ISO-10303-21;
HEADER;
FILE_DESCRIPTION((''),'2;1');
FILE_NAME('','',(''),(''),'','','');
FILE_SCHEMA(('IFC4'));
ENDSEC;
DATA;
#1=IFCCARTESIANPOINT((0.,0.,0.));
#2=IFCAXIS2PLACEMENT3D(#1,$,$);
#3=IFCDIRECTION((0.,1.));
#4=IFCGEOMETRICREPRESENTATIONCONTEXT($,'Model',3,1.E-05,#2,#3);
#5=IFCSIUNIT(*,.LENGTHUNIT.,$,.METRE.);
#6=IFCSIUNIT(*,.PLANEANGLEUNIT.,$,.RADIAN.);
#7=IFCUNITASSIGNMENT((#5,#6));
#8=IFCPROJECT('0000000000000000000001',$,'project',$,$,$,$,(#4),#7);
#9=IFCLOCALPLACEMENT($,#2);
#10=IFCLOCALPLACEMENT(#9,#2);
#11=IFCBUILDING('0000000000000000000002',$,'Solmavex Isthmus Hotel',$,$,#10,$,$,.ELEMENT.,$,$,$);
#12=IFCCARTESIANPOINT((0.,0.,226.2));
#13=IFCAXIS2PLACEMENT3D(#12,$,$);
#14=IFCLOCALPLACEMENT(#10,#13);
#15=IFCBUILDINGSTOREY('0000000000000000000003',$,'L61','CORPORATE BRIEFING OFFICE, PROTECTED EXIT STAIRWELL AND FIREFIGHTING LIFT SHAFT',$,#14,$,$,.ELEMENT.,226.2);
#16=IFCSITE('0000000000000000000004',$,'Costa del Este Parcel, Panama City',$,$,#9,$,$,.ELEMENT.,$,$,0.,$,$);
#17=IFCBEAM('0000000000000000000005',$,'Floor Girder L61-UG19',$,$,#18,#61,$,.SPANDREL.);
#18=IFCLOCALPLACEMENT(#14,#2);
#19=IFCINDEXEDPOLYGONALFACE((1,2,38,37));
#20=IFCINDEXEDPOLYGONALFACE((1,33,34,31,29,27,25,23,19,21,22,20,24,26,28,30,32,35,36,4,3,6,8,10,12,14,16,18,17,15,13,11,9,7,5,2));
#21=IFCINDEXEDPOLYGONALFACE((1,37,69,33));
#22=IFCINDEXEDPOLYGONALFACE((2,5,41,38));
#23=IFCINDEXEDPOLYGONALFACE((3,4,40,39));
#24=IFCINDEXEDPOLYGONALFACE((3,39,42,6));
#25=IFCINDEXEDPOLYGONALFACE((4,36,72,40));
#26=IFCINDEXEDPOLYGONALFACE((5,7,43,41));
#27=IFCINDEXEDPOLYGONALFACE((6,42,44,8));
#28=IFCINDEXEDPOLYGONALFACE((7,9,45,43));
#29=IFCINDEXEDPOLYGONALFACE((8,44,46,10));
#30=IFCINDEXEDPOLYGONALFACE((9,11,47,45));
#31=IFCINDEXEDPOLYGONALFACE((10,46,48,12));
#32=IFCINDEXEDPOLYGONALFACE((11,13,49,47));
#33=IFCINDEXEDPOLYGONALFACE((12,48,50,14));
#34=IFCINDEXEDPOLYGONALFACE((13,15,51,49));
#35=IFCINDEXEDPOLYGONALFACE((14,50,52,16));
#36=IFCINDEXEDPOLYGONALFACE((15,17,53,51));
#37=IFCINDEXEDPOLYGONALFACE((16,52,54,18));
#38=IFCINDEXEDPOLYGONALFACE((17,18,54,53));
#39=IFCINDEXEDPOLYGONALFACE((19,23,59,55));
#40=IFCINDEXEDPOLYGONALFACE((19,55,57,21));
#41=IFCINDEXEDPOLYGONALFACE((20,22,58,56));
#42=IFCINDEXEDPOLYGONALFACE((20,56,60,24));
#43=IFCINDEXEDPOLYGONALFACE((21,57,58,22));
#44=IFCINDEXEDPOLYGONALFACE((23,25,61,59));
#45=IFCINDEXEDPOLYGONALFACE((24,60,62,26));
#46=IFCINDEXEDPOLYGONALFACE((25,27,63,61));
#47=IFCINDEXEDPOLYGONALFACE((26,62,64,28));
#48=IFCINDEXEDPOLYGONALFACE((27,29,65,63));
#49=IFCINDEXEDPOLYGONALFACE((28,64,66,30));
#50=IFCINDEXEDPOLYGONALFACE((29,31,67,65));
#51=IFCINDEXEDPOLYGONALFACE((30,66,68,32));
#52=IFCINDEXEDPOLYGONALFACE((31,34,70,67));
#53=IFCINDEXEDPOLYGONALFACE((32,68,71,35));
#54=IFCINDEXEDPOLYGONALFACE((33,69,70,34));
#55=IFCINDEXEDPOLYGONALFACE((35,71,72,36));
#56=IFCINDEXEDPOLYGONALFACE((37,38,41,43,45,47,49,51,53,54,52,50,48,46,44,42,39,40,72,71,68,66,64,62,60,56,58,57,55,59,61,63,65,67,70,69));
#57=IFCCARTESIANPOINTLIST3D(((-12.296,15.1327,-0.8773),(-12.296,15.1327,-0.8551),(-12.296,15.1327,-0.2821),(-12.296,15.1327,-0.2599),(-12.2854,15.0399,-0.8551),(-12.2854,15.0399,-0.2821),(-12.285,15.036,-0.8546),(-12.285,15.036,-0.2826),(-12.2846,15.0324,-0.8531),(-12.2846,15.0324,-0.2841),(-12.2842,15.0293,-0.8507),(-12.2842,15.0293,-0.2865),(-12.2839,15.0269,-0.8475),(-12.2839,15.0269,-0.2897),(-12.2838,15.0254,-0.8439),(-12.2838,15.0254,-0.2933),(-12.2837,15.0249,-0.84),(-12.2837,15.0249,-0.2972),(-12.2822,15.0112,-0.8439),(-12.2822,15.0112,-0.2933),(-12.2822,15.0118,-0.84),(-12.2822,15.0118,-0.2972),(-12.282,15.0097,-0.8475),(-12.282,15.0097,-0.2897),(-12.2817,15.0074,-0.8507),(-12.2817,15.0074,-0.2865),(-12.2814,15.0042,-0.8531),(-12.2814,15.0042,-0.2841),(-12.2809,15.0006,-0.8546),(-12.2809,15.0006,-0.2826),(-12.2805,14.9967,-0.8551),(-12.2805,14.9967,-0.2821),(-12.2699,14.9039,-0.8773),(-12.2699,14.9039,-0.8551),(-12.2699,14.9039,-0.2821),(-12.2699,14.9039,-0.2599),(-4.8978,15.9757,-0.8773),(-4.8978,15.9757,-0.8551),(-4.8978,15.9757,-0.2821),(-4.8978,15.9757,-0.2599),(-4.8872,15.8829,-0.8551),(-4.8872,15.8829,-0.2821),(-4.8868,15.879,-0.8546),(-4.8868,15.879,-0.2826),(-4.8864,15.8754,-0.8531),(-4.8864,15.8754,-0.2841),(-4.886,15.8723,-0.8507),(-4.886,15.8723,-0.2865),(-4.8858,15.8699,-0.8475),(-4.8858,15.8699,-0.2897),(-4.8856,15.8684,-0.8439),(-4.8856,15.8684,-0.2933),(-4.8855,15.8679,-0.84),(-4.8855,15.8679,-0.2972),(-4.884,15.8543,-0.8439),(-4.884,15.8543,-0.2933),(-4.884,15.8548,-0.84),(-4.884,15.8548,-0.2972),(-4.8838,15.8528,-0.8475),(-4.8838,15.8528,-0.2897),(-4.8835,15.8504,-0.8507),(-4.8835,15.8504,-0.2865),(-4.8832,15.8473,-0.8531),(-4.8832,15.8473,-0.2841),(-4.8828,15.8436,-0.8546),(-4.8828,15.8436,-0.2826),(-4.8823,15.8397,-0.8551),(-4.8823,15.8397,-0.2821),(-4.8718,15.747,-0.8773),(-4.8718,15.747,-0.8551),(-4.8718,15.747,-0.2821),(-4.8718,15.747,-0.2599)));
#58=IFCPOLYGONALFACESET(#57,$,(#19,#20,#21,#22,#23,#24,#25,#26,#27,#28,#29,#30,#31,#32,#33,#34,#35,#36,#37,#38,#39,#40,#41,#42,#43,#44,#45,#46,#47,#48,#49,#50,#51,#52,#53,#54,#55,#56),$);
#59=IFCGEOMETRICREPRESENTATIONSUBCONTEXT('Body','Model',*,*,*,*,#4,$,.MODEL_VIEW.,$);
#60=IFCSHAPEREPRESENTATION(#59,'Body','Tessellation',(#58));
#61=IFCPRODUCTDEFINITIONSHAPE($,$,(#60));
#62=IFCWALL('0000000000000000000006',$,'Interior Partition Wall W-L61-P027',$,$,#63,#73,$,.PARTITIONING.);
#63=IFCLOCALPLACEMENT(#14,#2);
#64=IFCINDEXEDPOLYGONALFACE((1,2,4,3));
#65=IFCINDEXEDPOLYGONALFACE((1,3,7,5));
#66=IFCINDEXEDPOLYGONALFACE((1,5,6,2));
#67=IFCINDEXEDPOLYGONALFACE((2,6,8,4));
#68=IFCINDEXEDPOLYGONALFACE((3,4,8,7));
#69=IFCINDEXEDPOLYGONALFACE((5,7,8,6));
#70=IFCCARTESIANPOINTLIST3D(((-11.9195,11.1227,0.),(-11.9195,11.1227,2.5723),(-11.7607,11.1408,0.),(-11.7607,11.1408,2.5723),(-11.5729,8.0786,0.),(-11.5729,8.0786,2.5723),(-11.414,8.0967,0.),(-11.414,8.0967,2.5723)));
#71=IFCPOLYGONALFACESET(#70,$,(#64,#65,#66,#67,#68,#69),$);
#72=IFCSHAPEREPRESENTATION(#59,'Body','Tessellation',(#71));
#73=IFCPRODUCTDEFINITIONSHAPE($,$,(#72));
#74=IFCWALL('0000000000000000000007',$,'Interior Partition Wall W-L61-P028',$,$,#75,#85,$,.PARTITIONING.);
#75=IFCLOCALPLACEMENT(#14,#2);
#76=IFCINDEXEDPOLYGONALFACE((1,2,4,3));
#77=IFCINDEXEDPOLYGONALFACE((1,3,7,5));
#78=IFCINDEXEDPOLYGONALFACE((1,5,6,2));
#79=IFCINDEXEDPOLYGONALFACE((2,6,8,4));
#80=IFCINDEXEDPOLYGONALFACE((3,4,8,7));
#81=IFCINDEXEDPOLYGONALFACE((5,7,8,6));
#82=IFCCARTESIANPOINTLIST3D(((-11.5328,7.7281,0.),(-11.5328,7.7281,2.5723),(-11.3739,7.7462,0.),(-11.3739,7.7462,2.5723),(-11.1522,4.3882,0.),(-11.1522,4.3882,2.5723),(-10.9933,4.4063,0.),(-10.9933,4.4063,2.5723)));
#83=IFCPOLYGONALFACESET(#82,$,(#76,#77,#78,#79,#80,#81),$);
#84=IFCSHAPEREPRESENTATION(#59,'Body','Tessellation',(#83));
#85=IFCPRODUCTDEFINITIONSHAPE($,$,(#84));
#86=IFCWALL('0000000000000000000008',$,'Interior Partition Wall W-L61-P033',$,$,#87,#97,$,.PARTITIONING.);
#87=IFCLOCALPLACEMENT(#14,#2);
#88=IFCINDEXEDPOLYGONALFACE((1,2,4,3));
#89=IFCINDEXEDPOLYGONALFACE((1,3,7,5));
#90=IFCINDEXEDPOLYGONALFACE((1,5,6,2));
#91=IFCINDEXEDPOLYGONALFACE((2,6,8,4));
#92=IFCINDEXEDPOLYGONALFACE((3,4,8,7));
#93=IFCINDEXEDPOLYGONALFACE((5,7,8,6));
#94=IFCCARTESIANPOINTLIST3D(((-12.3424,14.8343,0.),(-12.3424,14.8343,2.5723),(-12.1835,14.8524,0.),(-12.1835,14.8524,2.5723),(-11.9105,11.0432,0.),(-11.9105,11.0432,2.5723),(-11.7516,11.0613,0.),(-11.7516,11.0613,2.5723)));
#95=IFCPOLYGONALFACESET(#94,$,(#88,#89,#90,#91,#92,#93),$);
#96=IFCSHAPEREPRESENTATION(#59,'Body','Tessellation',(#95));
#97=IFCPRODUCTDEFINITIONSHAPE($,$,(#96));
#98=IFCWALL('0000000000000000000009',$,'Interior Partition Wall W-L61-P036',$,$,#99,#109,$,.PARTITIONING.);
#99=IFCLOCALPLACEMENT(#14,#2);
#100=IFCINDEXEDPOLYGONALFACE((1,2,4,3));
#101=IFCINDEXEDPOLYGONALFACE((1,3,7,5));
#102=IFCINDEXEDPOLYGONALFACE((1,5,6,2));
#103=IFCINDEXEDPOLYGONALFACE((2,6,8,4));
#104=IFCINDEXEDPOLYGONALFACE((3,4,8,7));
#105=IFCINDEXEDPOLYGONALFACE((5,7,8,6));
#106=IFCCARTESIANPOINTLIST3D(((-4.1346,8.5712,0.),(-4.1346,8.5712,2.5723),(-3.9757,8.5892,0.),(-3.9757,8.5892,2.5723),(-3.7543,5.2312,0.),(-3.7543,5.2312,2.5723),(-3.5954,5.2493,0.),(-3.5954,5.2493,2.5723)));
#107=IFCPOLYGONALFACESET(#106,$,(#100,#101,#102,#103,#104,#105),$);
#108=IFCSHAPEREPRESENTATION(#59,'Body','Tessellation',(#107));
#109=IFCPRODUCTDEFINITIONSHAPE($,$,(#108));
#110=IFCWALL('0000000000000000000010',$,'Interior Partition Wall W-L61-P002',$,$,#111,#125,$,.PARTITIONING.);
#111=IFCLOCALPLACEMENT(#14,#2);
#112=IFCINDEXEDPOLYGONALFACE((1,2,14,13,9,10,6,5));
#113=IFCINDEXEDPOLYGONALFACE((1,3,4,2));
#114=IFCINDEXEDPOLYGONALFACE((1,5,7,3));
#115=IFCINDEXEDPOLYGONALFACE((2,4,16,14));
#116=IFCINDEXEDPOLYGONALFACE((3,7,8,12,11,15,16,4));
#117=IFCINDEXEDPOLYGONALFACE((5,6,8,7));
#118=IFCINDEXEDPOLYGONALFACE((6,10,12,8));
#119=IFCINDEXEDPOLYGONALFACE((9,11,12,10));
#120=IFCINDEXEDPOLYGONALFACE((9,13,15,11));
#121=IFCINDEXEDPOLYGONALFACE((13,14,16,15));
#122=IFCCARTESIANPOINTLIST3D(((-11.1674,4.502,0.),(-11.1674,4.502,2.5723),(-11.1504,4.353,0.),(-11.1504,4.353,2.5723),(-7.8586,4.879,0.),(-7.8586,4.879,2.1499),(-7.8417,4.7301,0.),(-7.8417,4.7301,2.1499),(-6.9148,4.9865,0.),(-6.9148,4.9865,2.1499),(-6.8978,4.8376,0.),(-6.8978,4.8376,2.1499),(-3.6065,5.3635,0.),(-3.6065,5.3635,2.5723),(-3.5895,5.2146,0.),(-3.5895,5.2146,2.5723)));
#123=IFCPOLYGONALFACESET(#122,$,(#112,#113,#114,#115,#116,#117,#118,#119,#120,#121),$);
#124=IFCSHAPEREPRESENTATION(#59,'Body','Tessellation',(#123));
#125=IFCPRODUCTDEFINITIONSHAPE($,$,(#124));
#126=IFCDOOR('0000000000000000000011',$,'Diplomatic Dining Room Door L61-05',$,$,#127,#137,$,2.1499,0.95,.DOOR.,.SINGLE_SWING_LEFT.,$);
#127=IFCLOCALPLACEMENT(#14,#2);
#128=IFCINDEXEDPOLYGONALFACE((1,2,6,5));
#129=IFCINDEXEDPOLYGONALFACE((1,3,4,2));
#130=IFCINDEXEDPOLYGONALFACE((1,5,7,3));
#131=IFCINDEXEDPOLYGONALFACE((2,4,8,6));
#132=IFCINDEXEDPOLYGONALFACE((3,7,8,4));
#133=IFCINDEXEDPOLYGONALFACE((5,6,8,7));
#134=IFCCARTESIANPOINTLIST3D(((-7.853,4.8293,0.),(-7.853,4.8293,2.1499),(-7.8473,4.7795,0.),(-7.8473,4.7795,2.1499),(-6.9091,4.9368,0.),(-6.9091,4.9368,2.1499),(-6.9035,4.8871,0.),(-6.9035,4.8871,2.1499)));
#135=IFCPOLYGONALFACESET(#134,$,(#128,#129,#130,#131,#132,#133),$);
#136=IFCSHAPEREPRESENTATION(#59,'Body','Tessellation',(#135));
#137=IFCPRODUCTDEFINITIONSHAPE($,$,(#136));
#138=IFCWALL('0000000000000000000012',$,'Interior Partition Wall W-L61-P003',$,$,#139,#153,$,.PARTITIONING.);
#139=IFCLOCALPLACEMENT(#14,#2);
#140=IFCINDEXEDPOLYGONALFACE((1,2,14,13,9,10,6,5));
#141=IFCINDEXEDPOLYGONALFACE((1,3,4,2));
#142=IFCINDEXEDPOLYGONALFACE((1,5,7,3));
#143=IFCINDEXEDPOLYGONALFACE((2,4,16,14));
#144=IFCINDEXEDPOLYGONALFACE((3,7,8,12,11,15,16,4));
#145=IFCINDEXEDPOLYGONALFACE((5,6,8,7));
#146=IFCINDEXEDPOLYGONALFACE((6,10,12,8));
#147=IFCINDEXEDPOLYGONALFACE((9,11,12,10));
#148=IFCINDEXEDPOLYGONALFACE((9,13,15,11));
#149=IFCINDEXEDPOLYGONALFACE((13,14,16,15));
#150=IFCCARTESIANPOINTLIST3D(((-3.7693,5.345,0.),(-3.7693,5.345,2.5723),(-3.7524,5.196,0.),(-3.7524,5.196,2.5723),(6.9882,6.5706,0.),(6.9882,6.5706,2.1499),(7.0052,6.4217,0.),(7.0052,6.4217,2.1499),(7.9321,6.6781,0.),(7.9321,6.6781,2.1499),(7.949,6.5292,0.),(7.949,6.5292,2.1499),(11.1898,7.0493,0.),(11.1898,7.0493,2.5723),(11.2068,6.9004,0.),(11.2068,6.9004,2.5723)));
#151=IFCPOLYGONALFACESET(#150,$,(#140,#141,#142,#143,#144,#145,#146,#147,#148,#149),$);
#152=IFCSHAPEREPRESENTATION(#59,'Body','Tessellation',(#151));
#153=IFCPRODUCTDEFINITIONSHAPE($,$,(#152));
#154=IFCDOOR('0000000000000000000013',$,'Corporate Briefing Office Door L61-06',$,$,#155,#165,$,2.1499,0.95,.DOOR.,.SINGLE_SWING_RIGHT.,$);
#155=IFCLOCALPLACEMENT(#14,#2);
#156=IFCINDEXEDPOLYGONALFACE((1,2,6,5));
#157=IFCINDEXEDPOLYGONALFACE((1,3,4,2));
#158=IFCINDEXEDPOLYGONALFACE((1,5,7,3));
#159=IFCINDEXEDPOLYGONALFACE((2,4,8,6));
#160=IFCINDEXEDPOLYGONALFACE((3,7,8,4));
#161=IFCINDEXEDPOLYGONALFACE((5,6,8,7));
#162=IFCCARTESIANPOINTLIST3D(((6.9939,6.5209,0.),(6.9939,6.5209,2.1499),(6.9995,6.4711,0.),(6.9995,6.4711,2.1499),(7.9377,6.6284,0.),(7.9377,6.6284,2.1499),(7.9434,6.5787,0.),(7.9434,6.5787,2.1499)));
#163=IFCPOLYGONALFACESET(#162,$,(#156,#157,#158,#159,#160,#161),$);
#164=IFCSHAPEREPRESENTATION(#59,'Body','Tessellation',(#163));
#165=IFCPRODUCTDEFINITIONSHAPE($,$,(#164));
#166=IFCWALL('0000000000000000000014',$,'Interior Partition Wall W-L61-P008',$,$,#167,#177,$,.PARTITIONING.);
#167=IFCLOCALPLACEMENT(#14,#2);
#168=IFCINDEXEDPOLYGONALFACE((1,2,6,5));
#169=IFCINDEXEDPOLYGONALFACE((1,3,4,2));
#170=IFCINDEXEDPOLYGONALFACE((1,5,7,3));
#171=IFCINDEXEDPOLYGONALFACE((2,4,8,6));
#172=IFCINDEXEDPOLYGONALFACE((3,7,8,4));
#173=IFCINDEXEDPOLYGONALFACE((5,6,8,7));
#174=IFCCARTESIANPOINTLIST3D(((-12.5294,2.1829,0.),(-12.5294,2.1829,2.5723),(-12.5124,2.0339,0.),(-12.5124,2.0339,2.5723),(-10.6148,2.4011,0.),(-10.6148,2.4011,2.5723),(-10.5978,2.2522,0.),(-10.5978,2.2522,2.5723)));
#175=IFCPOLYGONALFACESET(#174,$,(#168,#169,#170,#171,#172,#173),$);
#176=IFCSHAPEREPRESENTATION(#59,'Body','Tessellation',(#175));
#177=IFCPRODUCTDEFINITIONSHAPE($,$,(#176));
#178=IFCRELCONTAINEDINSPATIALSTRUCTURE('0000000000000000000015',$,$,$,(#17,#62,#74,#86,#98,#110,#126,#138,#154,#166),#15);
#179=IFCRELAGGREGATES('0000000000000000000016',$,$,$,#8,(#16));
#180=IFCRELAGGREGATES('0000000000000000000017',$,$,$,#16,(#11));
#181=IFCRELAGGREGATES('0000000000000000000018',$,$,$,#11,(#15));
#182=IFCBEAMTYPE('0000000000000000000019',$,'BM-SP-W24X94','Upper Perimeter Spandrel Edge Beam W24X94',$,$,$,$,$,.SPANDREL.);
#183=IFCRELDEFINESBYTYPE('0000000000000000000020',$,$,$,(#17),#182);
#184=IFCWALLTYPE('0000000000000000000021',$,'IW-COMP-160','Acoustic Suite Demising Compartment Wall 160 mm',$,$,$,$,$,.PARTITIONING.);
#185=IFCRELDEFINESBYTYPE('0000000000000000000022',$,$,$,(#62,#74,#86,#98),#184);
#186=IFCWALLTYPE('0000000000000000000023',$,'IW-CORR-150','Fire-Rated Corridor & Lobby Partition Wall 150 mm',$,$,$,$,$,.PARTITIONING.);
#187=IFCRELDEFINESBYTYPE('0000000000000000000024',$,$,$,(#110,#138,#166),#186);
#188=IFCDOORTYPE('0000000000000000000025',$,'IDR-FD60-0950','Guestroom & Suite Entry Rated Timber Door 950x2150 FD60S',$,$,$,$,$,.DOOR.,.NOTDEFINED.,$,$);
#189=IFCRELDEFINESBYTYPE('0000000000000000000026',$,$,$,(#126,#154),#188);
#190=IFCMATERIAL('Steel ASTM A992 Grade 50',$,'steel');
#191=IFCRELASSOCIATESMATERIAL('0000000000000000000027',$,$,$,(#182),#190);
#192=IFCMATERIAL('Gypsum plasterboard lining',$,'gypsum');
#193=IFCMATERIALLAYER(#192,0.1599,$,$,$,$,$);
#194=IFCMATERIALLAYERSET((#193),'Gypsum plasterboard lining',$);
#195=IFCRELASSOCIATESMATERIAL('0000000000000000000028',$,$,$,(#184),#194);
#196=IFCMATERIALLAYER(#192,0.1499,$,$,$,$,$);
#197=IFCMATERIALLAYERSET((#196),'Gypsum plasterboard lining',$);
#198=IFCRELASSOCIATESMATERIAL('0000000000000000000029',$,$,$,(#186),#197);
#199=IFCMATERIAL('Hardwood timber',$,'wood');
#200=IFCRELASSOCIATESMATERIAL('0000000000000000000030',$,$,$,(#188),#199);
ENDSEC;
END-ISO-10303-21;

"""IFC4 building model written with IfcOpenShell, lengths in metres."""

from ifc_helpers import new_model, si_unit, direction, frame, frame_2d, origin, origin_2d, place, context, subcontext, project, spatial, rectangle, i_section, extrude, material, layer, layer_set, material_profile, profile_set, type_object, element, fill, save


model = new_model("IFC4")

# Units and contexts
model_context = context("Model", 3, precision=1e-05, world=origin(), true_north=direction((0.0, 1.0)))
body_context = subcontext(model_context, "Body", "Model", "MODEL_VIEW")
ifc_project = project(units=[si_unit("LENGTHUNIT", "METRE"), si_unit("PLANEANGLEUNIT", "RADIAN")], contexts=[model_context])

# Site, building, storey
site_placement = place(None, origin())
site = spatial("IfcSite", under=ifc_project, at=site_placement, Name="Costa del Este Parcel, Panama City", CompositionType="ELEMENT", RefElevation=0.0)
building_placement = place(site_placement, origin())
building = spatial("IfcBuilding", under=site, at=building_placement, Name="Solmavex Isthmus Hotel", CompositionType="ELEMENT")
storey_placement = place(building_placement, frame((0.0, 0.0, 226.2)))
storey = spatial("IfcBuildingStorey", under=building, at=storey_placement, Name="L61", Description="CORPORATE BRIEFING OFFICE, PROTECTED EXIT STAIRWELL AND FIREFIGHTING LIFT SHAFT", CompositionType="ELEMENT", Elevation=226.2)

# Beam
ifc_material_1 = material(Name="Steel ASTM A992 Grade 50", Category="steel")
ifc_material_profile_1 = material_profile(ifc_material_1, i_section(OverallWidth=0.2302, OverallDepth=0.6174, WebThickness=0.0132, FlangeThickness=0.0222, FilletRadius=0.0151, at=origin_2d()), Name="W24X94")
ifc_profile_set_1 = profile_set([ifc_material_profile_1], Name="Steel ASTM A992 Grade 50")
beam_type_1 = type_object("IfcBeamType", Name="BM-SP-W24X94", Description="Upper Perimeter Spandrel Edge Beam W24X94", PredefinedType="SPANDREL", material=ifc_profile_set_1)
beam_1_placement = place(storey_placement, frame((-12.283, 15.0183, -0.5686), z_axis=(0.99357, 0.113216, 0.0), x_axis=(-0.113216, 0.99357, 0.0)))
element("IfcBeam", 1, at=beam_1_placement, inside=storey, type_object=beam_type_1, Name="Floor Girder L61-UG19", PredefinedType="SPANDREL", context=body_context, shape_type="SweptSolid", body=[
    extrude(i_section(OverallWidth=0.2302, OverallDepth=0.6174, WebThickness=0.0132, FlangeThickness=0.0222, FilletRadius=0.0151, at=origin_2d()), origin(), (0.0, 0.0, 1.0), 7.446),
])

# Walls
ifc_material_2 = material(Name="Gypsum plasterboard lining", Category="gypsum")
ifc_layer_1 = layer(ifc_material_2, 0.1599)
ifc_layer_set_1 = layer_set([ifc_layer_1], Name="Gypsum plasterboard lining")
wall_type_1 = type_object("IfcWallType", Name="IW-COMP-160", Description="Acoustic Suite Demising Compartment Wall 160 mm", PredefinedType="PARTITIONING", material=ifc_layer_set_1)
wall_1_placement = place(storey_placement, frame((-11.8401, 11.1316, 0.0), z_axis=(0.0, 0.0, 1.0), x_axis=(0.11316, -0.993577, 0.0)))
element("IfcWall", 2, at=wall_1_placement, inside=storey, type_object=wall_type_1, Name="Interior Partition Wall W-L61-P027", PredefinedType="PARTITIONING", context=body_context, shape_type="SweptSolid", body=[
    extrude(rectangle(XDim=3.0637, YDim=0.1599, at=frame_2d((1.5317, 0.0))), origin(), (0.0, 0.0, 1.0), 2.5723),
])
wall_2_placement = place(storey_placement, frame((-11.4534, 7.7371, 0.0), z_axis=(0.0, 0.0, 1.0), x_axis=(0.113229, -0.993569, 0.0)))
element("IfcWall", 3, at=wall_2_placement, inside=storey, type_object=wall_type_1, Name="Interior Partition Wall W-L61-P028", PredefinedType="PARTITIONING", context=body_context, shape_type="SweptSolid", body=[
    extrude(rectangle(XDim=3.3616, YDim=0.1599, at=frame_2d((1.6807, 0.0))), origin(), (0.0, 0.0, 1.0), 2.5723),
])
wall_3_placement = place(storey_placement, frame((-12.2629, 14.8433, 0.0), z_axis=(0.0, 0.0, 1.0), x_axis=(0.113184, -0.993574, 0.0)))
element("IfcWall", 4, at=wall_3_placement, inside=storey, type_object=wall_type_1, Name="Interior Partition Wall W-L61-P033", PredefinedType="PARTITIONING", context=body_context, shape_type="SweptSolid", body=[
    extrude(rectangle(XDim=3.8157, YDim=0.1599, at=frame_2d((1.9077, 0.0))), origin(), (0.0, 0.0, 1.0), 2.5723),
])
wall_4_placement = place(storey_placement, frame((-4.0552, 8.5801, 0.0), z_axis=(0.0, 0.0, 1.0), x_axis=(0.113149, -0.993578, 0.0)))
element("IfcWall", 5, at=wall_4_placement, inside=storey, type_object=wall_type_1, Name="Interior Partition Wall W-L61-P036", PredefinedType="PARTITIONING", context=body_context, shape_type="SweptSolid", body=[
    extrude(rectangle(XDim=3.3616, YDim=0.1599, at=frame_2d((1.6807, 0.0))), origin(), (0.0, 0.0, 1.0), 2.5723),
])

# Walls, openings, doors
ifc_layer_2 = layer(ifc_material_2, 0.1499)
ifc_layer_set_2 = layer_set([ifc_layer_2], Name="Gypsum plasterboard lining")
wall_type_2 = type_object("IfcWallType", Name="IW-CORR-150", Description="Fire-Rated Corridor & Lobby Partition Wall 150 mm", PredefinedType="PARTITIONING", material=ifc_layer_set_2)
wall_5_placement = place(storey_placement, frame((-11.1589, 4.4275, 0.0), z_axis=(0.0, 0.0, 1.0), x_axis=(0.99357, 0.113216, 0.0)))
wall_5 = element("IfcWall", 6, at=wall_5_placement, inside=storey, type_object=wall_type_2, Name="Interior Partition Wall W-L61-P002", PredefinedType="PARTITIONING", context=body_context, shape_type="SweptSolid", body=[
    extrude(rectangle(XDim=7.6099, YDim=0.1499, at=frame_2d((3.8049, 0.0))), origin(), (0.0, 0.0, 1.0), 2.5723),
])
opening_1_placement = place(wall_5_placement, frame((3.3301, 0.0, 0.0)))
opening_1 = element("IfcOpeningElement", 7, at=opening_1_placement, cuts=wall_5, PredefinedType="OPENING", context=body_context, shape_type="SweptSolid", body=[
    extrude(rectangle(XDim=0.95, YDim=2.1499, at=frame_2d((0.4751, 1.075))), frame((0.0, 0.085, 0.0), z_axis=(0.0, -1.0, 0.0), x_axis=(1.0, 0.0, 0.0)), (0.0, 0.0, 1.0), 0.1699),
])
ifc_material_3 = material(Name="Hardwood timber", Category="wood")
door_type = type_object("IfcDoorType", Name="IDR-FD60-0950", Description="Guestroom & Suite Entry Rated Timber Door 950x2150 FD60S", OperationType="NOTDEFINED", PredefinedType="DOOR", material=ifc_material_3)
door_1_placement = place(opening_1_placement, origin())
door_1 = element("IfcDoor", 8, at=door_1_placement, inside=storey, type_object=door_type, Name="Diplomatic Dining Room Door L61-05", OperationType="SINGLE_SWING_LEFT", OverallHeight=2.1499, OverallWidth=0.95, PredefinedType="DOOR", context=body_context, shape_type="SweptSolid", body=[
    extrude(rectangle(XDim=0.95, YDim=2.1499, at=frame_2d((0.4751, 1.075))), frame((0.0, 0.0249, 0.0), z_axis=(0.0, -1.0, 0.0), x_axis=(1.0, 0.0, 0.0)), (0.0, 0.0, 1.0), 0.05),
])
fill(opening_1, door_1)
wall_6_placement = place(storey_placement, frame((-3.7607, 5.2705, 0.0), z_axis=(0.0, 0.0, 1.0), x_axis=(0.993572, 0.1132, 0.0)))
wall_6 = element("IfcWall", 9, at=wall_6_placement, inside=storey, type_object=wall_type_2, Name="Interior Partition Wall W-L61-P003", PredefinedType="PARTITIONING", context=body_context, shape_type="SweptSolid", body=[
    extrude(rectangle(XDim=15.0559, YDim=0.1499, at=frame_2d((7.5278, 0.0))), origin(), (0.0, 0.0, 1.0), 2.5723),
])
opening_2_placement = place(wall_6_placement, frame((10.8269, 0.0, 0.0)))
opening_2 = element("IfcOpeningElement", 10, at=opening_2_placement, cuts=wall_6, PredefinedType="OPENING", context=body_context, shape_type="SweptSolid", body=[
    extrude(rectangle(XDim=0.95, YDim=2.1499, at=frame_2d((0.4751, 1.075))), frame((0.0, 0.085, 0.0), z_axis=(0.0, -1.0, 0.0), x_axis=(1.0, 0.0, 0.0)), (0.0, 0.0, 1.0), 0.1699),
])
door_2_placement = place(opening_2_placement, origin())
door_2 = element("IfcDoor", 11, at=door_2_placement, inside=storey, type_object=door_type, Name="Corporate Briefing Office Door L61-06", OperationType="SINGLE_SWING_RIGHT", OverallHeight=2.1499, OverallWidth=0.95, PredefinedType="DOOR", context=body_context, shape_type="SweptSolid", body=[
    extrude(rectangle(XDim=0.95, YDim=2.1499, at=frame_2d((0.4751, 1.075))), frame((0.0, 0.0249, 0.0), z_axis=(0.0, -1.0, 0.0), x_axis=(1.0, 0.0, 0.0)), (0.0, 0.0, 1.0), 0.05),
])
fill(opening_2, door_2)

# Wall
wall_7_placement = place(storey_placement, frame((-10.6064, 2.3267, 0.0), z_axis=(0.0, 0.0, 1.0), x_axis=(-0.993564, -0.113268, 0.0)))
element("IfcWall", 12, at=wall_7_placement, inside=storey, type_object=wall_type_2, Name="Interior Partition Wall W-L61-P008", PredefinedType="PARTITIONING", context=body_context, shape_type="SweptSolid", body=[
    extrude(rectangle(XDim=1.927, YDim=0.1499, at=frame_2d((0.9634, 0.0))), origin(), (0.0, 0.0, 1.0), 2.5723),
])

save(model, "model.ifc")
